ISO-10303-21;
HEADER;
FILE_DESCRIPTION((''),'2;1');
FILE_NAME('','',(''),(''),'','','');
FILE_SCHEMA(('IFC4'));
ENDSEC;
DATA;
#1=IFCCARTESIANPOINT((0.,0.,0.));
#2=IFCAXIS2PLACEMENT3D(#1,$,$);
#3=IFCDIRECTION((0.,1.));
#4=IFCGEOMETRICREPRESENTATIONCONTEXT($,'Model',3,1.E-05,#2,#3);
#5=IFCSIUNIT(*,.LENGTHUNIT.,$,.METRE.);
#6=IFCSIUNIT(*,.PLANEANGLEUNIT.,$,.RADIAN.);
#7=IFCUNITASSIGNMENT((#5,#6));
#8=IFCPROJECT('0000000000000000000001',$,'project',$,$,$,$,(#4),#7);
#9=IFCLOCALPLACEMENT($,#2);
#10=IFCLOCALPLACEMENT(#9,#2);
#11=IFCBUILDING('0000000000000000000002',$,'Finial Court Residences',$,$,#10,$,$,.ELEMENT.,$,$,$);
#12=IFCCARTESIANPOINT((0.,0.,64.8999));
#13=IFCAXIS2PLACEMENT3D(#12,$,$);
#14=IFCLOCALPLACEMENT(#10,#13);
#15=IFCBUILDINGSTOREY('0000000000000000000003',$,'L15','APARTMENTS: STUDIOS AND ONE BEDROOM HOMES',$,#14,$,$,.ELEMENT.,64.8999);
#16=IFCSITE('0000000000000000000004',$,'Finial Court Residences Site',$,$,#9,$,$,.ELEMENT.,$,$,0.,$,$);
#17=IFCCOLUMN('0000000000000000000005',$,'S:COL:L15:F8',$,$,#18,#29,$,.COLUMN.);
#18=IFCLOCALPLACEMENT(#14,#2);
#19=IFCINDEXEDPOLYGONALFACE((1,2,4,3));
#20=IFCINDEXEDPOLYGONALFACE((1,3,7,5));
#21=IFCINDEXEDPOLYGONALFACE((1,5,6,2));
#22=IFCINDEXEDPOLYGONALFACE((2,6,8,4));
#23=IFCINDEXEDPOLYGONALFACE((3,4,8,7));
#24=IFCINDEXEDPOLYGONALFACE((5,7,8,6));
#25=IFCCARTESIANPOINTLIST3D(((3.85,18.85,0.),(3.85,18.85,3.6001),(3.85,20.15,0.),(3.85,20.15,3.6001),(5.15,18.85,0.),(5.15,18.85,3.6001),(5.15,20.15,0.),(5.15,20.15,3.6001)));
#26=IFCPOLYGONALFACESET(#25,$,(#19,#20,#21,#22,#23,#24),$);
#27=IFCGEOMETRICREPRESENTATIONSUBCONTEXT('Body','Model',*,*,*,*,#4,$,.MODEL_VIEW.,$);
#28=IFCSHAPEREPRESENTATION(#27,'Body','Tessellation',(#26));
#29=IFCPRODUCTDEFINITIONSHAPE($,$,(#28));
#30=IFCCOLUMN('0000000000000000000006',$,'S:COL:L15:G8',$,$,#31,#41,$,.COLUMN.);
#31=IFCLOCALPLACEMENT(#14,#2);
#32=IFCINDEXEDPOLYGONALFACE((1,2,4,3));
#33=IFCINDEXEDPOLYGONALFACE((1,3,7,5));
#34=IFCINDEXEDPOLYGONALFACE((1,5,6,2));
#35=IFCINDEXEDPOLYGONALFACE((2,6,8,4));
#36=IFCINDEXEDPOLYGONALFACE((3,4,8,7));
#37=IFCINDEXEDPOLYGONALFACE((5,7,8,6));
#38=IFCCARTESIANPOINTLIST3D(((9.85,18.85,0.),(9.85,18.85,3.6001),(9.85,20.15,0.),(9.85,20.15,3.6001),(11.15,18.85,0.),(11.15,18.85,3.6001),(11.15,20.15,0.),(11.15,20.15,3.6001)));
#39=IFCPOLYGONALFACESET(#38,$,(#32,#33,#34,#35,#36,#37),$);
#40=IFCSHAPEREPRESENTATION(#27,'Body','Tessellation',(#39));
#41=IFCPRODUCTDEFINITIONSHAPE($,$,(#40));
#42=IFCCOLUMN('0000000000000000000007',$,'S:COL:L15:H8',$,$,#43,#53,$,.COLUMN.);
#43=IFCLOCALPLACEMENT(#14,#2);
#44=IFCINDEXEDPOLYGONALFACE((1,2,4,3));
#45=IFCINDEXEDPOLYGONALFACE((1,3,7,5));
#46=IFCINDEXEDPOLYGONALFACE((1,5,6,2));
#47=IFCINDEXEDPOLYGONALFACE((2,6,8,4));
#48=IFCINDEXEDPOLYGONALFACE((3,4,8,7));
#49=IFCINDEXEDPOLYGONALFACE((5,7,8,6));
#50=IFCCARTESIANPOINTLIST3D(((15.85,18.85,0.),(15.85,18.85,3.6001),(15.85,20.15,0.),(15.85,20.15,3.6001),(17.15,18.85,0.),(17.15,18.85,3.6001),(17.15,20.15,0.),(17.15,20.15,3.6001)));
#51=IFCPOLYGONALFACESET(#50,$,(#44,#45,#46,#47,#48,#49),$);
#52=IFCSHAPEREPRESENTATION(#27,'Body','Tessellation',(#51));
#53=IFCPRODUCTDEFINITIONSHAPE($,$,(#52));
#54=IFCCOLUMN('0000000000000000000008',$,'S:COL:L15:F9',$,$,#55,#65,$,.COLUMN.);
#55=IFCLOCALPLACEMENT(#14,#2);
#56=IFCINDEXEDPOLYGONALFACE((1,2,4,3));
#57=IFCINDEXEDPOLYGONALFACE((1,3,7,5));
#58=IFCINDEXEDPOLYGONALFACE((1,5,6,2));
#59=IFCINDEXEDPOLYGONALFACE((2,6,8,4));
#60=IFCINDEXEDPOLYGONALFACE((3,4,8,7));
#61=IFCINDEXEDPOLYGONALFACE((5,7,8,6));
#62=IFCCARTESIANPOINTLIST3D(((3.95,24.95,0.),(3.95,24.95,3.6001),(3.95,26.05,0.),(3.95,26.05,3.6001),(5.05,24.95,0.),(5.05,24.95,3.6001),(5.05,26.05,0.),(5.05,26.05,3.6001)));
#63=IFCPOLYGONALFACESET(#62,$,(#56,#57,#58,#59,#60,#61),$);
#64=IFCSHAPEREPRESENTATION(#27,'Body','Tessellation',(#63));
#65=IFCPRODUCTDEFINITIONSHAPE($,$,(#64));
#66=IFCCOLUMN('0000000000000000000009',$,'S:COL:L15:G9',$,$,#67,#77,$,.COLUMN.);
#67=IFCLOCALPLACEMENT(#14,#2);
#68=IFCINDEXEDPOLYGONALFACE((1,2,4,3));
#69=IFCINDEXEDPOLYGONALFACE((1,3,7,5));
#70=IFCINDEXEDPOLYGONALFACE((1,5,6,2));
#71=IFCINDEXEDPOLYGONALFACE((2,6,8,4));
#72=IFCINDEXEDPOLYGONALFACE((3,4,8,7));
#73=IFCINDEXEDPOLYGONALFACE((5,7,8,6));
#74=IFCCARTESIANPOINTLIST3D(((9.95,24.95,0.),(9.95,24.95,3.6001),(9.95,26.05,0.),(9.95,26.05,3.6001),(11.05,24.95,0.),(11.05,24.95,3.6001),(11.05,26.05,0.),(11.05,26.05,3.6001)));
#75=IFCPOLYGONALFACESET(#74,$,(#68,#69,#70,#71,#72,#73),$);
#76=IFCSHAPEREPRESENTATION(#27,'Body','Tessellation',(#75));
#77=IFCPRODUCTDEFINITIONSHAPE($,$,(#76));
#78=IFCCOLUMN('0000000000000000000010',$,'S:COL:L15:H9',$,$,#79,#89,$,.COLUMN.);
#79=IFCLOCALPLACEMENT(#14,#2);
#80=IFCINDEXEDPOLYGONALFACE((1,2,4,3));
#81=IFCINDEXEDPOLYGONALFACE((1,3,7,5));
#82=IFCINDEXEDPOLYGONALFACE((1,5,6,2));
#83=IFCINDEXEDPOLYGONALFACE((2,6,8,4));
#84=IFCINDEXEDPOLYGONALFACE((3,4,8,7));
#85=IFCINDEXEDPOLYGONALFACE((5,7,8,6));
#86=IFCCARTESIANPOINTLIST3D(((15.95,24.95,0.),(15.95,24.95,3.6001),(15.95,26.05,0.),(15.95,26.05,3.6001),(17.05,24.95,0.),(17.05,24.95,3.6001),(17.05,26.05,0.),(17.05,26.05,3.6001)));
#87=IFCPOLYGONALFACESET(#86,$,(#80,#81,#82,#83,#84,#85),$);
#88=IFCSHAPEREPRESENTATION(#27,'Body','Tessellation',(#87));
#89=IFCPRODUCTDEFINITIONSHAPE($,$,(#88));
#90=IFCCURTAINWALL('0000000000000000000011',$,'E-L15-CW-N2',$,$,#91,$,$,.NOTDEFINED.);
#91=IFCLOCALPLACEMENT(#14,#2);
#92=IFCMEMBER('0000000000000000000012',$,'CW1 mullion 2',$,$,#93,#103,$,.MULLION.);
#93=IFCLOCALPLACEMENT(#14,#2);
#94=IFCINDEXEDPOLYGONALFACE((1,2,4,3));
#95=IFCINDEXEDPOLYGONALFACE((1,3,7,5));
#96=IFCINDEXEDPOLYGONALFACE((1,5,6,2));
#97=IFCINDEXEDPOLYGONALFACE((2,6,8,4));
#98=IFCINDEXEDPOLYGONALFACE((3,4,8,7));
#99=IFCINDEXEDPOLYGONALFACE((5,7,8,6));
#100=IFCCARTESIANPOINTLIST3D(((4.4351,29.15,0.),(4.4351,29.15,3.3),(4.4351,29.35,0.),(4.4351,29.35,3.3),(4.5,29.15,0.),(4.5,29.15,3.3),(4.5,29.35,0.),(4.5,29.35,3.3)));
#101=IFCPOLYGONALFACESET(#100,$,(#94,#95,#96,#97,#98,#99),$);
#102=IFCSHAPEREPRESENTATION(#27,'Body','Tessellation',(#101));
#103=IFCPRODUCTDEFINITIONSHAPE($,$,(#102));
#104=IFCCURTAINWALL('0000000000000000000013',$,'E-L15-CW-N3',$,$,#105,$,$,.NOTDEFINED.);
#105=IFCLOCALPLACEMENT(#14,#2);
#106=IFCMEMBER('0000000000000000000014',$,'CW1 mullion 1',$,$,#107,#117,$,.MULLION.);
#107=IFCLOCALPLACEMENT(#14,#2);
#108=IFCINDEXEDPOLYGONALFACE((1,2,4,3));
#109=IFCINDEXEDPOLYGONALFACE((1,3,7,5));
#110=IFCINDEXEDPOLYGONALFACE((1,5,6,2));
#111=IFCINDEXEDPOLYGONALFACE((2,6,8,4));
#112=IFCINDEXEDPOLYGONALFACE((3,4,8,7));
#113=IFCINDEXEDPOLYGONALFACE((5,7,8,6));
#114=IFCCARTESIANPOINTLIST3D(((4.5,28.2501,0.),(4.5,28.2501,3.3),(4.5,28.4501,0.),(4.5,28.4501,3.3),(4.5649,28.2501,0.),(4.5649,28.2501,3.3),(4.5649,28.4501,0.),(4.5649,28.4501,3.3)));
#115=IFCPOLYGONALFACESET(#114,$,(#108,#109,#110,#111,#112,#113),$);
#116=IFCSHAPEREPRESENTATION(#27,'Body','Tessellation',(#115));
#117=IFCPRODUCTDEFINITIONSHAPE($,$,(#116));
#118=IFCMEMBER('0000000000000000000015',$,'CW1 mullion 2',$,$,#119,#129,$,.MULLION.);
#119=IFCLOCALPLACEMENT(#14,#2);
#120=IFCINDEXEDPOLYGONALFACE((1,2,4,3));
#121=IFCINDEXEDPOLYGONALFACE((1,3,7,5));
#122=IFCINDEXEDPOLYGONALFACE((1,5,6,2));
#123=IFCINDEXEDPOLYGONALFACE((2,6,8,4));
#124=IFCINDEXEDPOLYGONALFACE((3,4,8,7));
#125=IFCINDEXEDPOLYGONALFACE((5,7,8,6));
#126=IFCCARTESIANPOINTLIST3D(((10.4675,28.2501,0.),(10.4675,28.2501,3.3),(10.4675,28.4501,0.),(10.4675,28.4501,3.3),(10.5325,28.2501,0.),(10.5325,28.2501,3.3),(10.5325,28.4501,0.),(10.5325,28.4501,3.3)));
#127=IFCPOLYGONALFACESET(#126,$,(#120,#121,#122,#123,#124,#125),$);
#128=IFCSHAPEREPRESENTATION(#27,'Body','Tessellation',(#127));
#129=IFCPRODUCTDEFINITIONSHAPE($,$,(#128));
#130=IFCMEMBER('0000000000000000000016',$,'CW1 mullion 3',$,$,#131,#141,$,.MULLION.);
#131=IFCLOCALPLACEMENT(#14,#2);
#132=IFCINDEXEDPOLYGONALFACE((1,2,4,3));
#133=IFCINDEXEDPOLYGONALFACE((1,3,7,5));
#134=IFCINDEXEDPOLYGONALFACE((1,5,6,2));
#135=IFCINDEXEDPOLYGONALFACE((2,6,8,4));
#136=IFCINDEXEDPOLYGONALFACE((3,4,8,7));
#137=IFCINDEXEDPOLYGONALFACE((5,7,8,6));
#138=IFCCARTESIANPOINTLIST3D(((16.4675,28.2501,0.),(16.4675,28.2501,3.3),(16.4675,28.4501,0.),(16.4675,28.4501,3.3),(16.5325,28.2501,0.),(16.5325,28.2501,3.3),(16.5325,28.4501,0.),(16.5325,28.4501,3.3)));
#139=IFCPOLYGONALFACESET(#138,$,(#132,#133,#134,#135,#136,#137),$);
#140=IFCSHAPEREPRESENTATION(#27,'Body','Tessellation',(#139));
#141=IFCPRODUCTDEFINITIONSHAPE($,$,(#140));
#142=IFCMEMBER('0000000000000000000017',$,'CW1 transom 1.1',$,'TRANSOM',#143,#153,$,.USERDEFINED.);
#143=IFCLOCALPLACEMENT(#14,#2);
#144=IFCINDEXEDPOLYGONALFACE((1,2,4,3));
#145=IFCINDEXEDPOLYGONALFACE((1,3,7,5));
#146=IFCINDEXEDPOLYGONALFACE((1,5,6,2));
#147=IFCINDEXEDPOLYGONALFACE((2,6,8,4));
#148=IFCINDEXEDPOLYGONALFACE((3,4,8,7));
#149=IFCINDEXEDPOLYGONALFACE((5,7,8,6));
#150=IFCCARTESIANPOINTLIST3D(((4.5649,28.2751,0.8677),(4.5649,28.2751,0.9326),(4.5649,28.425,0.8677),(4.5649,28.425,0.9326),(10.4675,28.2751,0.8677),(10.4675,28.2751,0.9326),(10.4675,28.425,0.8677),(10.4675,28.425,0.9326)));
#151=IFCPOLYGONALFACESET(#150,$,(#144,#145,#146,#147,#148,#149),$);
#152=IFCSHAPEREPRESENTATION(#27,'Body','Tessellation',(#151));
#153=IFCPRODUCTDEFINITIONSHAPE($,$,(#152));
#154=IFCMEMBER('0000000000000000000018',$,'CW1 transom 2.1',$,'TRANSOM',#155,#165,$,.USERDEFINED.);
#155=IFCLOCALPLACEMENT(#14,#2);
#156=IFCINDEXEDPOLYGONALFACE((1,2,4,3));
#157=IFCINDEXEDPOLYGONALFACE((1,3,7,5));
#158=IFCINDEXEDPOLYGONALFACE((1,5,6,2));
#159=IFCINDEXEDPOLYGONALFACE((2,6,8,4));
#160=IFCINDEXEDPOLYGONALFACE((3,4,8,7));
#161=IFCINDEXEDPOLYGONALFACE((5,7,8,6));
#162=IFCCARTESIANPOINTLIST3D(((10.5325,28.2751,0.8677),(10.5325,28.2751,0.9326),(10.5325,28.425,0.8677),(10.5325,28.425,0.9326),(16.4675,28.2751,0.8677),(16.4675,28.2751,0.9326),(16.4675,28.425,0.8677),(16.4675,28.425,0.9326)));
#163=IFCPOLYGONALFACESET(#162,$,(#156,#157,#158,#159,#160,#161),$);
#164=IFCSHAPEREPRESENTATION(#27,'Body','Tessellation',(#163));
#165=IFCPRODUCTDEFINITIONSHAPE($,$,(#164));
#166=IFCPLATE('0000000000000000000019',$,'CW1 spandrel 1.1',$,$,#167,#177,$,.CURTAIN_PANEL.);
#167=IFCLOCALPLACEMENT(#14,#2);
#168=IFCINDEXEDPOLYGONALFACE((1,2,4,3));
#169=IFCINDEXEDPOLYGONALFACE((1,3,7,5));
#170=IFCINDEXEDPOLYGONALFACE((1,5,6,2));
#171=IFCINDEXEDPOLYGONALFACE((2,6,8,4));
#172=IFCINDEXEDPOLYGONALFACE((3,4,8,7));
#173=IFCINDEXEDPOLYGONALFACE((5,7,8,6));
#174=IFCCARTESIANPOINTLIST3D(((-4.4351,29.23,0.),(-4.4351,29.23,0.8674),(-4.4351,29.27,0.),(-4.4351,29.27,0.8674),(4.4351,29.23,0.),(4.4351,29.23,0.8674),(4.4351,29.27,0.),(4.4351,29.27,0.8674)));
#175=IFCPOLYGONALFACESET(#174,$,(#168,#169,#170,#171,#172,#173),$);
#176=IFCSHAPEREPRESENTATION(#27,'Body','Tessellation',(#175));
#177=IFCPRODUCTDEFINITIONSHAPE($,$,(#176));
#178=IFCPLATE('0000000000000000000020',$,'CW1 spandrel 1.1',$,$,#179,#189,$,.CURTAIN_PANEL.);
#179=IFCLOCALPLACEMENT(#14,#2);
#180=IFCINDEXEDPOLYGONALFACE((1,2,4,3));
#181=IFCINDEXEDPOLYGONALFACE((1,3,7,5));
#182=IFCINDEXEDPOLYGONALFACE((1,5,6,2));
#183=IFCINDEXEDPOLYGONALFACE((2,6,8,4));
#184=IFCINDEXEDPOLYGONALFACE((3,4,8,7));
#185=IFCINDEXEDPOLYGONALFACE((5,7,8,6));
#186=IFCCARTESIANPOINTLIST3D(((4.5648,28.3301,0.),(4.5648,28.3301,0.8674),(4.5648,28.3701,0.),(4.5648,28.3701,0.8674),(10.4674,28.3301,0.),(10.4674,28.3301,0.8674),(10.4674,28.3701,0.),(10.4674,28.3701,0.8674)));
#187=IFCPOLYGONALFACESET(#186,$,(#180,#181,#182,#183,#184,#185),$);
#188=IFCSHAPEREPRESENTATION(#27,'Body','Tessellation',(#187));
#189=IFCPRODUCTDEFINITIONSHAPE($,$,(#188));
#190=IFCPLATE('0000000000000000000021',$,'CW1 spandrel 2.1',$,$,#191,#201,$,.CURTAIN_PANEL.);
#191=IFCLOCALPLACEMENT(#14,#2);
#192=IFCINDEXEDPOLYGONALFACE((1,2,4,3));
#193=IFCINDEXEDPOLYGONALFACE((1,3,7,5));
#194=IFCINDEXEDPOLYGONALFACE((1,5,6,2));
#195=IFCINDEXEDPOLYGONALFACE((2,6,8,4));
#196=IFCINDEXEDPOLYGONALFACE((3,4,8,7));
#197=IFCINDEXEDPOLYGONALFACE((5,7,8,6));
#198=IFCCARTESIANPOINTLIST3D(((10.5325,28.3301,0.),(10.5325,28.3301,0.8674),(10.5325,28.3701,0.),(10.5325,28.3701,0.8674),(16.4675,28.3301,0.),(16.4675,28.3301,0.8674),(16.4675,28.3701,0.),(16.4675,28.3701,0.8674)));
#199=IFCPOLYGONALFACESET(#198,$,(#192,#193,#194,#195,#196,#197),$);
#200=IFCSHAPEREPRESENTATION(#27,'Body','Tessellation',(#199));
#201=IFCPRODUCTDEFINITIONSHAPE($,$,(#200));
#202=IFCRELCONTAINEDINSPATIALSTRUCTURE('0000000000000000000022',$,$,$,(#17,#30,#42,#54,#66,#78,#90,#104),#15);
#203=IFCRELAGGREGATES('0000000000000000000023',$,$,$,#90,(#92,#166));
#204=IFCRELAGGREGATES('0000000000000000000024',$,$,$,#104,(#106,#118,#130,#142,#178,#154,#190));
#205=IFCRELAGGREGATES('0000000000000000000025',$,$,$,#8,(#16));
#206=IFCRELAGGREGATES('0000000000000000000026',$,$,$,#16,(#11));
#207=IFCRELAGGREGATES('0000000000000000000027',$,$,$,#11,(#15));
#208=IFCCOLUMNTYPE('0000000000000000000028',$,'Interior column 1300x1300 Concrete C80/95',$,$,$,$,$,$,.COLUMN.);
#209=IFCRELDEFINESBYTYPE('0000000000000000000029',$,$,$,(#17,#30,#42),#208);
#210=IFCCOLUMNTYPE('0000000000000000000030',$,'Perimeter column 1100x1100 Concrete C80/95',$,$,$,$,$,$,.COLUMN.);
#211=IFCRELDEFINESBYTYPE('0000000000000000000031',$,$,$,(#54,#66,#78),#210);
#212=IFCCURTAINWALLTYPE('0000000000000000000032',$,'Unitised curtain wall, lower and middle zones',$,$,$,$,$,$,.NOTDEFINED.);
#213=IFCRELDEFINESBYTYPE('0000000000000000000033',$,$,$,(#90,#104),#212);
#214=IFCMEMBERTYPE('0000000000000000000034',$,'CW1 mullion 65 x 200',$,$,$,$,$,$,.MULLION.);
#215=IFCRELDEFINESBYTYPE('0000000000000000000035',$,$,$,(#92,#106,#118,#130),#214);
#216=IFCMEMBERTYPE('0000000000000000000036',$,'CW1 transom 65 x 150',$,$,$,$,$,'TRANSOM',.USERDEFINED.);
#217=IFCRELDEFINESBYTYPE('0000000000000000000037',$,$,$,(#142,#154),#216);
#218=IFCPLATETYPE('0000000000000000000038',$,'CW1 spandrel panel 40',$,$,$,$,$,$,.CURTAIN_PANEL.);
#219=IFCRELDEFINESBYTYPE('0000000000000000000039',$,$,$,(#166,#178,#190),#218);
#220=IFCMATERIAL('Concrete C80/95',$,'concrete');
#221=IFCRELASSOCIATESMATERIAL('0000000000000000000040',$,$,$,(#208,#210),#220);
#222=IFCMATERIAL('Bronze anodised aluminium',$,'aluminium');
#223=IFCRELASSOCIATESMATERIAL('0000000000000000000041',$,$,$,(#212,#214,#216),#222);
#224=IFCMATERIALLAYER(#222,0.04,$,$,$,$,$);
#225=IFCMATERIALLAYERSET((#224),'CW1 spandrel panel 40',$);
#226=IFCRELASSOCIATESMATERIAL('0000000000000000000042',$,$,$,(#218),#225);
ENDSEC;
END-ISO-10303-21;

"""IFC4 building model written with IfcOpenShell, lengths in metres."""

from ifc_helpers import new_model, si_unit, direction, frame, origin, origin_2d, place, context, subcontext, project, spatial, rectangle, extrude, material, layer, layer_set, material_profile, profile_set, type_object, element, aggregate, save


model = new_model("IFC4")

# Units and contexts
model_context = context("Model", 3, precision=1e-05, world=origin(), true_north=direction((0.0, 1.0)))
body_context = subcontext(model_context, "Body", "Model", "MODEL_VIEW")
ifc_project = project(units=[si_unit("LENGTHUNIT", "METRE"), si_unit("PLANEANGLEUNIT", "RADIAN")], contexts=[model_context])

# Site, building, storey
site_placement = place(None, origin())
site = spatial("IfcSite", under=ifc_project, at=site_placement, Name="Finial Court Residences Site", CompositionType="ELEMENT", RefElevation=0.0)
building_placement = place(site_placement, origin())
building = spatial("IfcBuilding", under=site, at=building_placement, Name="Finial Court Residences", CompositionType="ELEMENT")
storey_placement = place(building_placement, frame((0.0, 0.0, 64.8999)))
storey = spatial("IfcBuildingStorey", under=building, at=storey_placement, Name="L15", Description="APARTMENTS: STUDIOS AND ONE BEDROOM HOMES", CompositionType="ELEMENT", Elevation=64.8999)

# Columns
ifc_material_1 = material(Name="Concrete C80/95", Category="concrete")
ifc_material_profile_1 = material_profile(ifc_material_1, rectangle(XDim=1.3, YDim=1.3, at=origin_2d()), Name="1300x1300")
ifc_profile_set_1 = profile_set([ifc_material_profile_1], Name="Concrete C80/95")
column_type_1 = type_object("IfcColumnType", Name="Interior column 1300x1300 Concrete C80/95", PredefinedType="COLUMN", material=ifc_profile_set_1)
for number, where, z_axis, x_axis, name in (
    (1, (4.5, 19.5, 0.0), (0.0, 0.0, 1.0), (1.0, 0.0, 0.0), "S:COL:L15:F8"),
    (2, (10.5, 19.5, 0.0), (0.0, 0.0, 1.0), (1.0, 0.0, 0.0), "S:COL:L15:G8"),
    (3, (16.5, 19.5, 0.0), (0.0, 0.0, 1.0), (1.0, 0.0, 0.0), "S:COL:L15:H8"),
):
    element("IfcColumn", number, at=place(storey_placement, frame(where, z_axis=z_axis, x_axis=x_axis)), inside=storey, type_object=column_type_1, Name=name, PredefinedType="COLUMN", context=body_context, shape_type="SweptSolid", body=[
        extrude(rectangle(XDim=1.3, YDim=1.3, at=origin_2d()), origin(), (0.0, 0.0, 1.0), 3.6001),
    ])
ifc_material_profile_2 = material_profile(ifc_material_1, rectangle(XDim=1.1001, YDim=1.1001, at=origin_2d()), Name="1100x1100")
ifc_profile_set_2 = profile_set([ifc_material_profile_2], Name="Concrete C80/95")
column_type_2 = type_object("IfcColumnType", Name="Perimeter column 1100x1100 Concrete C80/95", PredefinedType="COLUMN", material=ifc_profile_set_2)
for number, where, z_axis, x_axis, name in (
    (4, (4.5, 25.5, 0.0), (0.0, 0.0, 1.0), (1.0, 0.0, 0.0), "S:COL:L15:F9"),
    (5, (10.5, 25.5, 0.0), (0.0, 0.0, 1.0), (1.0, 0.0, 0.0), "S:COL:L15:G9"),
    (6, (16.5, 25.5, 0.0), (0.0, 0.0, 1.0), (1.0, 0.0, 0.0), "S:COL:L15:H9"),
):
    element("IfcColumn", number, at=place(storey_placement, frame(where, z_axis=z_axis, x_axis=x_axis)), inside=storey, type_object=column_type_2, Name=name, PredefinedType="COLUMN", context=body_context, shape_type="SweptSolid", body=[
        extrude(rectangle(XDim=1.1001, YDim=1.1001, at=origin_2d()), origin(), (0.0, 0.0, 1.0), 3.6001),
    ])

# Curtain wall, member
ifc_material_2 = material(Name="Bronze anodised aluminium", Category="aluminium")
curtain_wall_type = type_object("IfcCurtainWallType", Name="Unitised curtain wall, lower and middle zones", PredefinedType="NOTDEFINED", material=ifc_material_2)
curtain_wall_1_placement = place(storey_placement, origin())
curtain_wall_1 = element("IfcCurtainWall", 7, at=curtain_wall_1_placement, inside=storey, type_object=curtain_wall_type, Name="E-L15-CW-N2", PredefinedType="NOTDEFINED")
ifc_material_profile_3 = material_profile(ifc_material_2, rectangle(XDim=0.2, YDim=0.0649, at=origin_2d()), Name="CW1 mullion 65 x 200")
ifc_profile_set_3 = profile_set([ifc_material_profile_3], Name="Bronze anodised aluminium")
member_type_1 = type_object("IfcMemberType", Name="CW1 mullion 65 x 200", PredefinedType="MULLION", material=ifc_profile_set_3)
member_1_placement = place(storey_placement, frame((4.4675, 29.25, 0.0), z_axis=(0.0, 0.0, 1.0), x_axis=(0.0, 1.0, 0.0)))
member_1 = element("IfcMember", 8, at=member_1_placement, type_object=member_type_1, Name="CW1 mullion 2", PredefinedType="MULLION", context=body_context, shape_type="SweptSolid", body=[
    extrude(rectangle(XDim=0.2, YDim=0.0649, at=origin_2d()), origin(), (0.0, 0.0, 1.0), 3.3),
])

# Curtain wall, members
curtain_wall_2_placement = place(storey_placement, origin())
curtain_wall_2 = element("IfcCurtainWall", 9, at=curtain_wall_2_placement, inside=storey, type_object=curtain_wall_type, Name="E-L15-CW-N3", PredefinedType="NOTDEFINED")
member_2_placement = place(storey_placement, frame((4.5325, 28.3501, 0.0), z_axis=(0.0, 0.0, 1.0), x_axis=(0.0, 1.0, 0.0)))
member_2 = element("IfcMember", 10, at=member_2_placement, type_object=member_type_1, Name="CW1 mullion 1", PredefinedType="MULLION", context=body_context, shape_type="SweptSolid", body=[
    extrude(rectangle(XDim=0.2, YDim=0.0649, at=origin_2d()), origin(), (0.0, 0.0, 1.0), 3.3),
])
member_3_placement = place(storey_placement, frame((10.5, 28.3501, 0.0), z_axis=(0.0, 0.0, 1.0), x_axis=(0.0, 1.0, 0.0)))
member_3 = element("IfcMember", 11, at=member_3_placement, type_object=member_type_1, Name="CW1 mullion 2", PredefinedType="MULLION", context=body_context, shape_type="SweptSolid", body=[
    extrude(rectangle(XDim=0.2, YDim=0.0649, at=origin_2d()), origin(), (0.0, 0.0, 1.0), 3.3),
])
member_4_placement = place(storey_placement, frame((16.5, 28.3501, 0.0), z_axis=(0.0, 0.0, 1.0), x_axis=(0.0, 1.0, 0.0)))
member_4 = element("IfcMember", 12, at=member_4_placement, type_object=member_type_1, Name="CW1 mullion 3", PredefinedType="MULLION", context=body_context, shape_type="SweptSolid", body=[
    extrude(rectangle(XDim=0.2, YDim=0.0649, at=origin_2d()), origin(), (0.0, 0.0, 1.0), 3.3),
])
ifc_material_profile_4 = material_profile(ifc_material_2, rectangle(XDim=0.1499, YDim=0.0649, at=origin_2d()), Name="CW1 transom 65 x 150")
ifc_profile_set_4 = profile_set([ifc_material_profile_4], Name="Bronze anodised aluminium")
member_type_2 = type_object("IfcMemberType", Name="CW1 transom 65 x 150", ElementType="TRANSOM", PredefinedType="USERDEFINED", material=ifc_profile_set_4)
member_5_placement = place(storey_placement, frame((4.5649, 28.3501, 0.9001), z_axis=(1.0, 0.0, 0.0), x_axis=(0.0, 1.0, 0.0)))
member_5 = element("IfcMember", 13, at=member_5_placement, type_object=member_type_2, Name="CW1 transom 1.1", ObjectType="TRANSOM", PredefinedType="USERDEFINED", context=body_context, shape_type="SweptSolid", body=[
    extrude(rectangle(XDim=0.1499, YDim=0.0649, at=origin_2d()), origin(), (0.0, 0.0, 1.0), 5.9026),
])
member_6_placement = place(storey_placement, frame((10.5325, 28.3501, 0.9001), z_axis=(1.0, 0.0, 0.0), x_axis=(0.0, 1.0, 0.0)))
member_6 = element("IfcMember", 14, at=member_6_placement, type_object=member_type_2, Name="CW1 transom 2.1", ObjectType="TRANSOM", PredefinedType="USERDEFINED", context=body_context, shape_type="SweptSolid", body=[
    extrude(rectangle(XDim=0.1499, YDim=0.0649, at=origin_2d()), origin(), (0.0, 0.0, 1.0), 5.9351),
])

# Plates
ifc_layer_1 = layer(ifc_material_2, 0.04)
ifc_layer_set_1 = layer_set([ifc_layer_1], Name="CW1 spandrel panel 40")
plate_type_1 = type_object("IfcPlateType", Name="CW1 spandrel panel 40", PredefinedType="CURTAIN_PANEL", material=ifc_layer_set_1)
plate_1_placement = place(storey_placement, frame((0.0, 29.25, 0.0), z_axis=(0.0, 0.0, 1.0), x_axis=(1.0, 0.0, 0.0)))
plate_1 = element("IfcPlate", 15, at=plate_1_placement, type_object=plate_type_1, Name="CW1 spandrel 1.1", PredefinedType="CURTAIN_PANEL", context=body_context, shape_type="SweptSolid", body=[
    extrude(rectangle(XDim=8.8701, YDim=0.04, at=origin_2d()), origin(), (0.0, 0.0, 1.0), 0.8674),
])
plate_2_placement = place(storey_placement, frame((7.5161, 28.3501, 0.0), z_axis=(0.0, 0.0, 1.0), x_axis=(1.0, 0.0, 0.0)))
plate_2 = element("IfcPlate", 16, at=plate_2_placement, type_object=plate_type_1, Name="CW1 spandrel 1.1", PredefinedType="CURTAIN_PANEL", context=body_context, shape_type="SweptSolid", body=[
    extrude(rectangle(XDim=5.9026, YDim=0.04, at=origin_2d()), origin(), (0.0, 0.0, 1.0), 0.8674),
])
plate_3_placement = place(storey_placement, frame((13.5, 28.3501, 0.0), z_axis=(0.0, 0.0, 1.0), x_axis=(1.0, 0.0, 0.0)))
plate_3 = element("IfcPlate", 17, at=plate_3_placement, type_object=plate_type_1, Name="CW1 spandrel 2.1", PredefinedType="CURTAIN_PANEL", context=body_context, shape_type="SweptSolid", body=[
    extrude(rectangle(XDim=5.9351, YDim=0.04, at=origin_2d()), origin(), (0.0, 0.0, 1.0), 0.8674),
])
aggregate(curtain_wall_1, [member_1, plate_1])
aggregate(curtain_wall_2, [member_2, member_3, member_4, member_5, plate_2, member_6, plate_3])

save(model, "model.ifc")
